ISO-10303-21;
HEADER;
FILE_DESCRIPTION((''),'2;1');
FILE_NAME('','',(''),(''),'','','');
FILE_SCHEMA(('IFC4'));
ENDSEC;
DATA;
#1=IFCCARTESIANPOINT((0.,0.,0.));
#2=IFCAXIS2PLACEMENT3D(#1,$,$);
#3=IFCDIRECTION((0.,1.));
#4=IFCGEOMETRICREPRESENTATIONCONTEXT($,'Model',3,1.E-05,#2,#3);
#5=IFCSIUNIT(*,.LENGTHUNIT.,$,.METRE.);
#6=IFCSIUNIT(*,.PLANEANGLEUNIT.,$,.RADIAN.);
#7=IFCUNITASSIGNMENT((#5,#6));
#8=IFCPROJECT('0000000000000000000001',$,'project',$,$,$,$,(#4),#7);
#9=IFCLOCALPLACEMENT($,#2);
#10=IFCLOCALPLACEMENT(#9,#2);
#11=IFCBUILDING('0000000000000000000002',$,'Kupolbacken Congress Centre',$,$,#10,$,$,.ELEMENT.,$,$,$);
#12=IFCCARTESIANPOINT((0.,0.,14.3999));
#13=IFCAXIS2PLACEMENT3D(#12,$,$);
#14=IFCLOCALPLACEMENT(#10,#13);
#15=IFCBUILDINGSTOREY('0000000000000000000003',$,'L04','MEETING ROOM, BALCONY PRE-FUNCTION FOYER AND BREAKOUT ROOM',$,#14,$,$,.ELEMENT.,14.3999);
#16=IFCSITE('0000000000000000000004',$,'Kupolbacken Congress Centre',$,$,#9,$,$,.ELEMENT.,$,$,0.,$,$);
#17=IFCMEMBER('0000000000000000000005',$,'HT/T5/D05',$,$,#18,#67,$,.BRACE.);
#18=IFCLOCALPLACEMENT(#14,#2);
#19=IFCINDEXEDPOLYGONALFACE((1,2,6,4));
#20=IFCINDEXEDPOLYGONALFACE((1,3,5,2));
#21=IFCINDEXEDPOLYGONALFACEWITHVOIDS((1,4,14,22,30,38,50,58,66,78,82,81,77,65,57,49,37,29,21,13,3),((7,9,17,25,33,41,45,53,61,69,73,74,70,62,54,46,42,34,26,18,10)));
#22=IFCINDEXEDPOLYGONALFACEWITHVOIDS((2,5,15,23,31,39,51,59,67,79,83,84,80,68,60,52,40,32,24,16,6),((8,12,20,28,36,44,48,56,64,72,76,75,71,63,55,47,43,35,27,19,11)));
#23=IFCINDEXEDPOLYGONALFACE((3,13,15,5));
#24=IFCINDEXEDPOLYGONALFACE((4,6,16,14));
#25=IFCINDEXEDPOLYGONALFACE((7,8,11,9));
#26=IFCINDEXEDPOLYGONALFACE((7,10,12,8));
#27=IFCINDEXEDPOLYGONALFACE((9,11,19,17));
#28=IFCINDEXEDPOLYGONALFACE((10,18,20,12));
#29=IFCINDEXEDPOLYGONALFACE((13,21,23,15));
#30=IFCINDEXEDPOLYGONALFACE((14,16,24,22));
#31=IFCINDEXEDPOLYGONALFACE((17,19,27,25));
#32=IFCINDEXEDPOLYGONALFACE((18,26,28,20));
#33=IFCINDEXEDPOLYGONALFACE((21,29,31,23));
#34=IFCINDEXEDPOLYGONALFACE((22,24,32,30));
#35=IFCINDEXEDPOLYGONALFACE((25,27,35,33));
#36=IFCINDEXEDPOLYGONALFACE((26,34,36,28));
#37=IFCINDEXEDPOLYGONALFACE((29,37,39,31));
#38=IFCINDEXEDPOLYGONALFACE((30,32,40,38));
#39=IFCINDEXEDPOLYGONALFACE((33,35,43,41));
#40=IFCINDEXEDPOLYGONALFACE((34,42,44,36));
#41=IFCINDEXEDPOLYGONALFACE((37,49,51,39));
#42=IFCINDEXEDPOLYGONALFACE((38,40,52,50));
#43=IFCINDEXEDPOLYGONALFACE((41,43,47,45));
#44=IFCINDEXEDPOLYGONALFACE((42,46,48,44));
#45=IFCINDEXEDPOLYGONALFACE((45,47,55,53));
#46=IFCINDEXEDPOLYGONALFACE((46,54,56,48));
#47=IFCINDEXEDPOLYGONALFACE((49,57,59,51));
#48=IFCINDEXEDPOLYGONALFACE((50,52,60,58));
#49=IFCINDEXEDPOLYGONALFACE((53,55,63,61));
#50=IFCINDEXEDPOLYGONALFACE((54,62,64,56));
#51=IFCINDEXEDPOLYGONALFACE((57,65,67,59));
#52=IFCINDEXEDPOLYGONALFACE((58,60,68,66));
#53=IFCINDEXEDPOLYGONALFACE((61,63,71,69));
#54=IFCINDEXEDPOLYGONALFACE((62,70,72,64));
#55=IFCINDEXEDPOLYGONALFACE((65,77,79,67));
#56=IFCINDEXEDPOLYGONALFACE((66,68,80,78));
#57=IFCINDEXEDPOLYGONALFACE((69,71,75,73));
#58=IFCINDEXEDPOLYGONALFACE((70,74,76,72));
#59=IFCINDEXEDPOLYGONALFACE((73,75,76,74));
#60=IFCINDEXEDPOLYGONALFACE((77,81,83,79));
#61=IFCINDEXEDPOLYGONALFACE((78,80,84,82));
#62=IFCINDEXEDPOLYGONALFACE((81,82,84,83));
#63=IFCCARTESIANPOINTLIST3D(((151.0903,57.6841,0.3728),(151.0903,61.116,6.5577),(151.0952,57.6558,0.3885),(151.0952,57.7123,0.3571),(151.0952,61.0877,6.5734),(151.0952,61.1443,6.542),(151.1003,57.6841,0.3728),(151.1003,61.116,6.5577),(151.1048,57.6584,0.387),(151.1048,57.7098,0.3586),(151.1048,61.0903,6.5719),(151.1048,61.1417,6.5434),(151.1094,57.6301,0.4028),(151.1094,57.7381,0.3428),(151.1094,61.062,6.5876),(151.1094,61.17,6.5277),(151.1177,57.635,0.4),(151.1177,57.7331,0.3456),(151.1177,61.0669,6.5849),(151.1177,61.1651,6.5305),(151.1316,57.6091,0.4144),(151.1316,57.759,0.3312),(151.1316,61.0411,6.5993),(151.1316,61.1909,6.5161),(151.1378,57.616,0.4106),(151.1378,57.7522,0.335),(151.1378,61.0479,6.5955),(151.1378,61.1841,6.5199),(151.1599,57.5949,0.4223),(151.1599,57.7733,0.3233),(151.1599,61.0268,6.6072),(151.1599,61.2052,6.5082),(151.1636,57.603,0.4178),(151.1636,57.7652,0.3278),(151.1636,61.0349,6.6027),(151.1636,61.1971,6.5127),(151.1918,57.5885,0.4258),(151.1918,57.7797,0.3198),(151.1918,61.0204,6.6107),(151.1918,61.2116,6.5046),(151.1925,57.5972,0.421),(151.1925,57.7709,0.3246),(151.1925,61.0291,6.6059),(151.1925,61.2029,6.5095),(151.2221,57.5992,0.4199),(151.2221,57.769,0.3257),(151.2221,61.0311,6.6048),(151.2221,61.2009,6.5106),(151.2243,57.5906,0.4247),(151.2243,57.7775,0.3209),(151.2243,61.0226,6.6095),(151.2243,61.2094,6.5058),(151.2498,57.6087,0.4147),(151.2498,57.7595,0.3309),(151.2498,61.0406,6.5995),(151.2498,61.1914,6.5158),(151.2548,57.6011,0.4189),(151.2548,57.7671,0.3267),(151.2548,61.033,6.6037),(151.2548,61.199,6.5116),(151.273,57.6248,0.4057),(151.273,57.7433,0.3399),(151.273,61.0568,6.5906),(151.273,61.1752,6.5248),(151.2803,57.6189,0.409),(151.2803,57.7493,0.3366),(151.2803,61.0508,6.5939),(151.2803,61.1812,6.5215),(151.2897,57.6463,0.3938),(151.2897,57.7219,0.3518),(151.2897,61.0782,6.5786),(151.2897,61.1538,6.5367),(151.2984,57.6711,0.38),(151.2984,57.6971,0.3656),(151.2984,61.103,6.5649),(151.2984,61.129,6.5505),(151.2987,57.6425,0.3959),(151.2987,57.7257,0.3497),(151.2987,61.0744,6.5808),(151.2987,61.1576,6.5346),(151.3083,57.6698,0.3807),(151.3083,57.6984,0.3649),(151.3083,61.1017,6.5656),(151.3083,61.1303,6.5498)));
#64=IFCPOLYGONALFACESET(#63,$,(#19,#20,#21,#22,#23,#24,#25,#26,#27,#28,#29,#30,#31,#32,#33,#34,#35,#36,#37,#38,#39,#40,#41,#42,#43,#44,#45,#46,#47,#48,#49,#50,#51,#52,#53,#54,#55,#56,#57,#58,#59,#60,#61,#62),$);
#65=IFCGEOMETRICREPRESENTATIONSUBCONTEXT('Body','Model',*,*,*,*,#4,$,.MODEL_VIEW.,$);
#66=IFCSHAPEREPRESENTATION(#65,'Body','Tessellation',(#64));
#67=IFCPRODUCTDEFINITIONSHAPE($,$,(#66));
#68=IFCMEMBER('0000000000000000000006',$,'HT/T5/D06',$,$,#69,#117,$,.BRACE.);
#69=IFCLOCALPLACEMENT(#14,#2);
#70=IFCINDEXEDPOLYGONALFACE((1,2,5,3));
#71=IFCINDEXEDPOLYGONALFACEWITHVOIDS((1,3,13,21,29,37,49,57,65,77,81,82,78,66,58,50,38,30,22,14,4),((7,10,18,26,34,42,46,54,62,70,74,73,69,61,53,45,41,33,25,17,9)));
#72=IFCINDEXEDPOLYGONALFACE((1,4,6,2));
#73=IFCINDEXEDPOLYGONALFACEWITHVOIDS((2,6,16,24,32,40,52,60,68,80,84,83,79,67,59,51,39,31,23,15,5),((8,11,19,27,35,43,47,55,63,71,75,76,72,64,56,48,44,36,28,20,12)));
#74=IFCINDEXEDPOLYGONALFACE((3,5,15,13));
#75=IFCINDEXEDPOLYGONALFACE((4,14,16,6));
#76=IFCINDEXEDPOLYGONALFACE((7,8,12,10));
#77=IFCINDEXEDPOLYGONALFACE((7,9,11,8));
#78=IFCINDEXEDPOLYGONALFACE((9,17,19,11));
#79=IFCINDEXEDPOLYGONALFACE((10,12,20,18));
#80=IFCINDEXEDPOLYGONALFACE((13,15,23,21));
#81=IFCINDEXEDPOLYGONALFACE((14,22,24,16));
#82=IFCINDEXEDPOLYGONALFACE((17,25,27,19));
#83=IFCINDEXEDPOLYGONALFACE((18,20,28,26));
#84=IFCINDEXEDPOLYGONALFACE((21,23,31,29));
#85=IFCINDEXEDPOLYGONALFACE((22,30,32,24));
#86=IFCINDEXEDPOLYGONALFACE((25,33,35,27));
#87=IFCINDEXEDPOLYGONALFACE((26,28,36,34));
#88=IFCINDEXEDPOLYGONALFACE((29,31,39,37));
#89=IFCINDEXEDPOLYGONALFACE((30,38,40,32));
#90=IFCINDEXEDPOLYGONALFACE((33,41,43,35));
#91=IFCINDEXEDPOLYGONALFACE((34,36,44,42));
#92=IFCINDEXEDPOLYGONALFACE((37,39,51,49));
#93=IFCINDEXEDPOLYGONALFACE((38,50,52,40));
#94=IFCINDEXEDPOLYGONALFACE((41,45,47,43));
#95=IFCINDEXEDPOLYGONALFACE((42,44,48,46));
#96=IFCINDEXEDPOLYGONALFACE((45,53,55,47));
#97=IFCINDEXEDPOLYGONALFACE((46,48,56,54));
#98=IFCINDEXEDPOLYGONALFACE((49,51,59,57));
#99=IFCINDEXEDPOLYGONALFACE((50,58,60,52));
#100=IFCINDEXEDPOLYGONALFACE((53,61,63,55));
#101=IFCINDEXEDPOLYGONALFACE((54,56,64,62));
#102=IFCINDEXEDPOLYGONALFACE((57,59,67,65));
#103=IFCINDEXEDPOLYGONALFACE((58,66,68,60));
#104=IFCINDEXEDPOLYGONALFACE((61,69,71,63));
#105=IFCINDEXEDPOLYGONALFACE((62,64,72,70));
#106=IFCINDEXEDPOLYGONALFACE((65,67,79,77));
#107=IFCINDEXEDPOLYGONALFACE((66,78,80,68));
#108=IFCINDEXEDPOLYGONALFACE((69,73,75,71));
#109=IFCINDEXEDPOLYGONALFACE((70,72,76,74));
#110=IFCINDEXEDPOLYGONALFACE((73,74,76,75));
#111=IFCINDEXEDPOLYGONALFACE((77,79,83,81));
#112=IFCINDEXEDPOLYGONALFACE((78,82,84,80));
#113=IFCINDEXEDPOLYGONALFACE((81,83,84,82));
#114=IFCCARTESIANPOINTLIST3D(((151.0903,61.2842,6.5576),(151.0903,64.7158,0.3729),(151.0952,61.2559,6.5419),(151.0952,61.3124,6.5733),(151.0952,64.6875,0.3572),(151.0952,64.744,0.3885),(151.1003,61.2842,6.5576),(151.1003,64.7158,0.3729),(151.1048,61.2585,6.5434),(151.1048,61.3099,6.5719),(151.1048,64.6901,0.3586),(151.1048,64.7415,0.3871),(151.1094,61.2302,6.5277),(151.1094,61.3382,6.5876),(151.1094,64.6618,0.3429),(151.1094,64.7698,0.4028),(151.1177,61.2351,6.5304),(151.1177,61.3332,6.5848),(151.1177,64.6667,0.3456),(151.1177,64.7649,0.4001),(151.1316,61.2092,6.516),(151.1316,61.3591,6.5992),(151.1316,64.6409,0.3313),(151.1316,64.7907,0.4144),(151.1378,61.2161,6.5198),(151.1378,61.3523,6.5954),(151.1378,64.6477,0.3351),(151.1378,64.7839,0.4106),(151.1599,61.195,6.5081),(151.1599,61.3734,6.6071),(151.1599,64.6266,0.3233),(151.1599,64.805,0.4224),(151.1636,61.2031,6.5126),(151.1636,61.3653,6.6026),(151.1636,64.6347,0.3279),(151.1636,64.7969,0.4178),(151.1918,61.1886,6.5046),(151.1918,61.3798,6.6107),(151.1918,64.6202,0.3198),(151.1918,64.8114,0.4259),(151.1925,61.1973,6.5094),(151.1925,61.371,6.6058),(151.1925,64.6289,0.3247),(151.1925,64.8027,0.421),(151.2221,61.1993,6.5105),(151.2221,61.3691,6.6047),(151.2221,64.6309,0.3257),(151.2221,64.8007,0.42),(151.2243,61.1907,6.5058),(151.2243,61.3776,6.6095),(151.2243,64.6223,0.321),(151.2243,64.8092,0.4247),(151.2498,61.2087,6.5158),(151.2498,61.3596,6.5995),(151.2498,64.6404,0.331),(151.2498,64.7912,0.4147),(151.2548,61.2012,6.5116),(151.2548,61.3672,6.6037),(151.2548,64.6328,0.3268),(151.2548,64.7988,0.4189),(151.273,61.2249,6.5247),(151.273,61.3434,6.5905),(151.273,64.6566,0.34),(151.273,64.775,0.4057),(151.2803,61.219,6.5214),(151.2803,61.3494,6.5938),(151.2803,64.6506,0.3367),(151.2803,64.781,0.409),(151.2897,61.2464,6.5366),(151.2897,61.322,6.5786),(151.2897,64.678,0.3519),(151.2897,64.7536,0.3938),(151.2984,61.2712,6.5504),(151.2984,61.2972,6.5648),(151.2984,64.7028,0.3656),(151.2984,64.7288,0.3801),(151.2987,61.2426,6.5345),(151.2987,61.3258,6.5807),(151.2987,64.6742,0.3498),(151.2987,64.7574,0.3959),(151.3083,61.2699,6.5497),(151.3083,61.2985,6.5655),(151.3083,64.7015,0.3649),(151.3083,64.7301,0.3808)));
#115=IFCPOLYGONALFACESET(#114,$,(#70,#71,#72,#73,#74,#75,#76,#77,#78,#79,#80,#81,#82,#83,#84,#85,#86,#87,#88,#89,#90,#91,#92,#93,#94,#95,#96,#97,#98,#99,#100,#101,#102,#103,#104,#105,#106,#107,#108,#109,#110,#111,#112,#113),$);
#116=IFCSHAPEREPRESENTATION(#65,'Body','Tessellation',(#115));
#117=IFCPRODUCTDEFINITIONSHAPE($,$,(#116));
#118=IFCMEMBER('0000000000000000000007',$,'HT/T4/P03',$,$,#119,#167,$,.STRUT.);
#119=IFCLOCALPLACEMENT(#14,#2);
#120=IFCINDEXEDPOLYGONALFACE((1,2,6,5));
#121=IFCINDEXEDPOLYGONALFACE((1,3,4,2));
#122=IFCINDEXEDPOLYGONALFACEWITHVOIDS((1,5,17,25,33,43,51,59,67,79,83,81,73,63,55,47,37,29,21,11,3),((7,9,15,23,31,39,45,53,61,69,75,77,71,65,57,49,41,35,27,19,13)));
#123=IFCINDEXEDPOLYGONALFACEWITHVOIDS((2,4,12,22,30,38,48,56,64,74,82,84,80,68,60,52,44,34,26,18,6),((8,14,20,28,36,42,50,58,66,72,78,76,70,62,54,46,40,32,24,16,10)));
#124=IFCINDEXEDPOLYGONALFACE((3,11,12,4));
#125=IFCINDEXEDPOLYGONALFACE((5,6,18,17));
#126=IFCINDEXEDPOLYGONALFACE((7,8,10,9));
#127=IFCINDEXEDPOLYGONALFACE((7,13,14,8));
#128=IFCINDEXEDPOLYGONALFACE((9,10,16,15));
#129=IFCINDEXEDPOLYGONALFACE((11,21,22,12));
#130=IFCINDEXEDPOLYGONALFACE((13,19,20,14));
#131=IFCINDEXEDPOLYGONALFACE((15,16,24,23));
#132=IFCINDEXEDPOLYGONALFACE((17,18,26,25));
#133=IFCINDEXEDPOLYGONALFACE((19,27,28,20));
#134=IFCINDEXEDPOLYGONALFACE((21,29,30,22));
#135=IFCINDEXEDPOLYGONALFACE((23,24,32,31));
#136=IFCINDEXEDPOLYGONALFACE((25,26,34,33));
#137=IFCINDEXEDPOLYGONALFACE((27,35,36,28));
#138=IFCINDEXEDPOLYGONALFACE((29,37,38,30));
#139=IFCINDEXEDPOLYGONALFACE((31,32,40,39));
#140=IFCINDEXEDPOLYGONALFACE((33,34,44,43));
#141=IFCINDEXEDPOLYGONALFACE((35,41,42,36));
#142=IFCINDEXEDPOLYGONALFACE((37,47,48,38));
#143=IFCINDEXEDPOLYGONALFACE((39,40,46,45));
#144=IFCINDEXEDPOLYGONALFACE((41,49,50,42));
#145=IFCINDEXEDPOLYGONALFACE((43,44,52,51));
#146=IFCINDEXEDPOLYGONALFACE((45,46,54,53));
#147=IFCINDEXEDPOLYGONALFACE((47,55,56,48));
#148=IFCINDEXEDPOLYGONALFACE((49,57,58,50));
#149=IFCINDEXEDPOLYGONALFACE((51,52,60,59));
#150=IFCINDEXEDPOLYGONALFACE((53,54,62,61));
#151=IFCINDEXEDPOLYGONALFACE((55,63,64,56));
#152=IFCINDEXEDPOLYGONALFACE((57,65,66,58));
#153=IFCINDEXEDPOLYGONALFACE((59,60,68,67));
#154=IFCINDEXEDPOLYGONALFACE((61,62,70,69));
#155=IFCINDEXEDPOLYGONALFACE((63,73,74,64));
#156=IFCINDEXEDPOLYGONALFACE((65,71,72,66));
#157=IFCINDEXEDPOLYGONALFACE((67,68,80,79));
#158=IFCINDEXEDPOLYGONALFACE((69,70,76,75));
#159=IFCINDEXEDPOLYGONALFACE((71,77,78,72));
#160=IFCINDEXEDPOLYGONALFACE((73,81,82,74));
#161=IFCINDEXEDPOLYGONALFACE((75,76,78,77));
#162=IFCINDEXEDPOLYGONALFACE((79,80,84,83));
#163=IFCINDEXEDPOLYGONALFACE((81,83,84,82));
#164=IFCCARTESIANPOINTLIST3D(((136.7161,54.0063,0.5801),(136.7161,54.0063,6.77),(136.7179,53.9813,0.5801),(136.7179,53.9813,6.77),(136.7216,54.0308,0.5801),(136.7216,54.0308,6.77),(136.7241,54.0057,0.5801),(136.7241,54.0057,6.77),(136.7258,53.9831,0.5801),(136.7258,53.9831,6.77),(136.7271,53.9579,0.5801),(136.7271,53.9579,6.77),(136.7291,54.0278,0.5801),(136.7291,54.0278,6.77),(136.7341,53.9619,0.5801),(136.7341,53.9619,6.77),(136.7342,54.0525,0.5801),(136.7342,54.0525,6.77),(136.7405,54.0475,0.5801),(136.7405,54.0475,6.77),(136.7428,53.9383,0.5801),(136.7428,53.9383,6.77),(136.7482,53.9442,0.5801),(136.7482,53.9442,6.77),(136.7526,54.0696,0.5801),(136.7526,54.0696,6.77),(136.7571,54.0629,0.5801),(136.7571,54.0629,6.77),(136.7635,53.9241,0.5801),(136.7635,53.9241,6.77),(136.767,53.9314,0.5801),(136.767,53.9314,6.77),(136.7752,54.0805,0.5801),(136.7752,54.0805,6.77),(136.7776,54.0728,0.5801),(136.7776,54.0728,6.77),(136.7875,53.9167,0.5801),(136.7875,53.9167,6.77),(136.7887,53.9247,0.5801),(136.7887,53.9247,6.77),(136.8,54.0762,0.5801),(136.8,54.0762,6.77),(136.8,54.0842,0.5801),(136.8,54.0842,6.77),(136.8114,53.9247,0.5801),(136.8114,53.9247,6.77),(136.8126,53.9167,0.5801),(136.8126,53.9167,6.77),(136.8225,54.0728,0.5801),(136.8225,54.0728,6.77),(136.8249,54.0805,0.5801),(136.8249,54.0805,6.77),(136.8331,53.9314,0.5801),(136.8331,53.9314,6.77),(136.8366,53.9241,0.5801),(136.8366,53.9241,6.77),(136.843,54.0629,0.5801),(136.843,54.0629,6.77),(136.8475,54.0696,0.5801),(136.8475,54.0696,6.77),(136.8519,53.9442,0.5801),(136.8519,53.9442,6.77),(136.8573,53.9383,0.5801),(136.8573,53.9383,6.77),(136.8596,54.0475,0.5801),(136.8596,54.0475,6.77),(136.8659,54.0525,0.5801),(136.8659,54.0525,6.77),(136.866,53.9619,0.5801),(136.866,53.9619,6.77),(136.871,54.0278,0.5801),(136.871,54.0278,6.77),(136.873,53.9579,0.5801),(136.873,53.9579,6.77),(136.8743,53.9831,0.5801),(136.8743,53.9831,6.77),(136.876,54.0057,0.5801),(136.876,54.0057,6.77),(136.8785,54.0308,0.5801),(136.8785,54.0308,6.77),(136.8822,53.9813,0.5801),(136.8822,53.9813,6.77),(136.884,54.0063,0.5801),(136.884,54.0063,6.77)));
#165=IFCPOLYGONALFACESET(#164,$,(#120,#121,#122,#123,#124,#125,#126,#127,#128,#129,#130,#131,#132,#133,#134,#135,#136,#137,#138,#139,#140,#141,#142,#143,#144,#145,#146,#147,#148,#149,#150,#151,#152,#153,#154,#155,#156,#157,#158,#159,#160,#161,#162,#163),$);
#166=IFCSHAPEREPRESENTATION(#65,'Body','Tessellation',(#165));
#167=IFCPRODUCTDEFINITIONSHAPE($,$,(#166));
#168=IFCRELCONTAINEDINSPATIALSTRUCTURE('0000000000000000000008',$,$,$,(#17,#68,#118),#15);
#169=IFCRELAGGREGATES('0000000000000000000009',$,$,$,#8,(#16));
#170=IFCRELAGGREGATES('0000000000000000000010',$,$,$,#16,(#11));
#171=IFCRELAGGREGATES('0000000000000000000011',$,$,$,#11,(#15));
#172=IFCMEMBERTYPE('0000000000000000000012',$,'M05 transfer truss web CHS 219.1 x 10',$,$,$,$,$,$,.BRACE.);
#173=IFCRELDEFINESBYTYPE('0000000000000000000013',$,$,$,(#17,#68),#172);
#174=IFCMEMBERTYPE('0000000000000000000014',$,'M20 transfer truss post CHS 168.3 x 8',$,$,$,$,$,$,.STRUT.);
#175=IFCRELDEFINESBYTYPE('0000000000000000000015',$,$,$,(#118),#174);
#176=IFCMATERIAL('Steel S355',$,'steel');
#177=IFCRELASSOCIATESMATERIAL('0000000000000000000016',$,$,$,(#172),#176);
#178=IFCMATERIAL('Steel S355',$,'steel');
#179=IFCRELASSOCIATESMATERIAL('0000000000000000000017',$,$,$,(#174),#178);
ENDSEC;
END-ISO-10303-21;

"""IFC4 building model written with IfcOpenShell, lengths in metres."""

from ifc_helpers import new_model, si_unit, direction, frame, origin, origin_2d, place, context, subcontext, project, spatial, hollow_circle, extrude, material, material_profile, profile_set, type_object, element, save


model = new_model("IFC4")

# Units and contexts
model_context = context("Model", 3, precision=1e-05, world=origin(), true_north=direction((0.0, 1.0)))
body_context = subcontext(model_context, "Body", "Model", "MODEL_VIEW")
ifc_project = project(units=[si_unit("LENGTHUNIT", "METRE"), si_unit("PLANEANGLEUNIT", "RADIAN")], contexts=[model_context])

# Site, building, storey
site_placement = place(None, origin())
site = spatial("IfcSite", under=ifc_project, at=site_placement, Name="Kupolbacken Congress Centre", CompositionType="ELEMENT", RefElevation=0.0)
building_placement = place(site_placement, origin())
building = spatial("IfcBuilding", under=site, at=building_placement, Name="Kupolbacken Congress Centre", CompositionType="ELEMENT")
storey_placement = place(building_placement, frame((0.0, 0.0, 14.3999)))
storey = spatial("IfcBuildingStorey", under=building, at=storey_placement, Name="L04", Description="MEETING ROOM, BALCONY PRE-FUNCTION FOYER AND BREAKOUT ROOM", CompositionType="ELEMENT", Elevation=14.3999)

# Members
ifc_material_1 = material(Name="Steel S355", Category="steel")
ifc_material_profile_1 = material_profile(ifc_material_1, hollow_circle(Radius=0.1096, WallThickness=0.01, at=origin_2d()), Name="CHS 219.1 x 10")
ifc_profile_set_1 = profile_set([ifc_material_profile_1], Name="Steel S355")
member_type_1 = type_object("IfcMemberType", Name="M05 transfer truss web CHS 219.1 x 10", PredefinedType="BRACE", material=ifc_profile_set_1)
member_1_placement = place(storey_placement, frame((151.2, 57.6841, 0.3728), z_axis=(0.0, 0.485197, 0.874405), x_axis=(-1.0, 0.0, 0.0)))
element("IfcMember", 1, at=member_1_placement, inside=storey, type_object=member_type_1, Name="HT/T5/D05", PredefinedType="BRACE", context=body_context, shape_type="SweptSolid", body=[
    extrude(hollow_circle(Radius=0.1096, WallThickness=0.01, at=origin_2d()), origin(), (0.0, 0.0, 1.0), 7.0732),
])
member_2_placement = place(storey_placement, frame((151.2, 61.2842, 6.5576), z_axis=(0.0, 0.485171, -0.874419), x_axis=(-1.0, 0.0, 0.0)))
element("IfcMember", 2, at=member_2_placement, inside=storey, type_object=member_type_1, Name="HT/T5/D06", PredefinedType="BRACE", context=body_context, shape_type="SweptSolid", body=[
    extrude(hollow_circle(Radius=0.1096, WallThickness=0.01, at=origin_2d()), origin(), (0.0, 0.0, 1.0), 7.073),
])
ifc_material_2 = material(Name="Steel S355", Category="steel")
ifc_material_profile_2 = material_profile(ifc_material_2, hollow_circle(Radius=0.0842, WallThickness=0.0081, at=origin_2d()), Name="CHS 168.3 x 8")
ifc_profile_set_2 = profile_set([ifc_material_profile_2], Name="Steel S355")
member_type_2 = type_object("IfcMemberType", Name="M20 transfer truss post CHS 168.3 x 8", PredefinedType="STRUT", material=ifc_profile_set_2)
member_3_placement = place(storey_placement, frame((136.8, 54.0, 0.5801), z_axis=(0.0, 0.0, 1.0), x_axis=(0.0, 1.0, 0.0)))
element("IfcMember", 3, at=member_3_placement, inside=storey, type_object=member_type_2, Name="HT/T4/P03", PredefinedType="STRUT", context=body_context, shape_type="SweptSolid", body=[
    extrude(hollow_circle(Radius=0.0842, WallThickness=0.0081, at=origin_2d()), origin(), (0.0, 0.0, 1.0), 6.1899),
])

save(model, "model.ifc")
